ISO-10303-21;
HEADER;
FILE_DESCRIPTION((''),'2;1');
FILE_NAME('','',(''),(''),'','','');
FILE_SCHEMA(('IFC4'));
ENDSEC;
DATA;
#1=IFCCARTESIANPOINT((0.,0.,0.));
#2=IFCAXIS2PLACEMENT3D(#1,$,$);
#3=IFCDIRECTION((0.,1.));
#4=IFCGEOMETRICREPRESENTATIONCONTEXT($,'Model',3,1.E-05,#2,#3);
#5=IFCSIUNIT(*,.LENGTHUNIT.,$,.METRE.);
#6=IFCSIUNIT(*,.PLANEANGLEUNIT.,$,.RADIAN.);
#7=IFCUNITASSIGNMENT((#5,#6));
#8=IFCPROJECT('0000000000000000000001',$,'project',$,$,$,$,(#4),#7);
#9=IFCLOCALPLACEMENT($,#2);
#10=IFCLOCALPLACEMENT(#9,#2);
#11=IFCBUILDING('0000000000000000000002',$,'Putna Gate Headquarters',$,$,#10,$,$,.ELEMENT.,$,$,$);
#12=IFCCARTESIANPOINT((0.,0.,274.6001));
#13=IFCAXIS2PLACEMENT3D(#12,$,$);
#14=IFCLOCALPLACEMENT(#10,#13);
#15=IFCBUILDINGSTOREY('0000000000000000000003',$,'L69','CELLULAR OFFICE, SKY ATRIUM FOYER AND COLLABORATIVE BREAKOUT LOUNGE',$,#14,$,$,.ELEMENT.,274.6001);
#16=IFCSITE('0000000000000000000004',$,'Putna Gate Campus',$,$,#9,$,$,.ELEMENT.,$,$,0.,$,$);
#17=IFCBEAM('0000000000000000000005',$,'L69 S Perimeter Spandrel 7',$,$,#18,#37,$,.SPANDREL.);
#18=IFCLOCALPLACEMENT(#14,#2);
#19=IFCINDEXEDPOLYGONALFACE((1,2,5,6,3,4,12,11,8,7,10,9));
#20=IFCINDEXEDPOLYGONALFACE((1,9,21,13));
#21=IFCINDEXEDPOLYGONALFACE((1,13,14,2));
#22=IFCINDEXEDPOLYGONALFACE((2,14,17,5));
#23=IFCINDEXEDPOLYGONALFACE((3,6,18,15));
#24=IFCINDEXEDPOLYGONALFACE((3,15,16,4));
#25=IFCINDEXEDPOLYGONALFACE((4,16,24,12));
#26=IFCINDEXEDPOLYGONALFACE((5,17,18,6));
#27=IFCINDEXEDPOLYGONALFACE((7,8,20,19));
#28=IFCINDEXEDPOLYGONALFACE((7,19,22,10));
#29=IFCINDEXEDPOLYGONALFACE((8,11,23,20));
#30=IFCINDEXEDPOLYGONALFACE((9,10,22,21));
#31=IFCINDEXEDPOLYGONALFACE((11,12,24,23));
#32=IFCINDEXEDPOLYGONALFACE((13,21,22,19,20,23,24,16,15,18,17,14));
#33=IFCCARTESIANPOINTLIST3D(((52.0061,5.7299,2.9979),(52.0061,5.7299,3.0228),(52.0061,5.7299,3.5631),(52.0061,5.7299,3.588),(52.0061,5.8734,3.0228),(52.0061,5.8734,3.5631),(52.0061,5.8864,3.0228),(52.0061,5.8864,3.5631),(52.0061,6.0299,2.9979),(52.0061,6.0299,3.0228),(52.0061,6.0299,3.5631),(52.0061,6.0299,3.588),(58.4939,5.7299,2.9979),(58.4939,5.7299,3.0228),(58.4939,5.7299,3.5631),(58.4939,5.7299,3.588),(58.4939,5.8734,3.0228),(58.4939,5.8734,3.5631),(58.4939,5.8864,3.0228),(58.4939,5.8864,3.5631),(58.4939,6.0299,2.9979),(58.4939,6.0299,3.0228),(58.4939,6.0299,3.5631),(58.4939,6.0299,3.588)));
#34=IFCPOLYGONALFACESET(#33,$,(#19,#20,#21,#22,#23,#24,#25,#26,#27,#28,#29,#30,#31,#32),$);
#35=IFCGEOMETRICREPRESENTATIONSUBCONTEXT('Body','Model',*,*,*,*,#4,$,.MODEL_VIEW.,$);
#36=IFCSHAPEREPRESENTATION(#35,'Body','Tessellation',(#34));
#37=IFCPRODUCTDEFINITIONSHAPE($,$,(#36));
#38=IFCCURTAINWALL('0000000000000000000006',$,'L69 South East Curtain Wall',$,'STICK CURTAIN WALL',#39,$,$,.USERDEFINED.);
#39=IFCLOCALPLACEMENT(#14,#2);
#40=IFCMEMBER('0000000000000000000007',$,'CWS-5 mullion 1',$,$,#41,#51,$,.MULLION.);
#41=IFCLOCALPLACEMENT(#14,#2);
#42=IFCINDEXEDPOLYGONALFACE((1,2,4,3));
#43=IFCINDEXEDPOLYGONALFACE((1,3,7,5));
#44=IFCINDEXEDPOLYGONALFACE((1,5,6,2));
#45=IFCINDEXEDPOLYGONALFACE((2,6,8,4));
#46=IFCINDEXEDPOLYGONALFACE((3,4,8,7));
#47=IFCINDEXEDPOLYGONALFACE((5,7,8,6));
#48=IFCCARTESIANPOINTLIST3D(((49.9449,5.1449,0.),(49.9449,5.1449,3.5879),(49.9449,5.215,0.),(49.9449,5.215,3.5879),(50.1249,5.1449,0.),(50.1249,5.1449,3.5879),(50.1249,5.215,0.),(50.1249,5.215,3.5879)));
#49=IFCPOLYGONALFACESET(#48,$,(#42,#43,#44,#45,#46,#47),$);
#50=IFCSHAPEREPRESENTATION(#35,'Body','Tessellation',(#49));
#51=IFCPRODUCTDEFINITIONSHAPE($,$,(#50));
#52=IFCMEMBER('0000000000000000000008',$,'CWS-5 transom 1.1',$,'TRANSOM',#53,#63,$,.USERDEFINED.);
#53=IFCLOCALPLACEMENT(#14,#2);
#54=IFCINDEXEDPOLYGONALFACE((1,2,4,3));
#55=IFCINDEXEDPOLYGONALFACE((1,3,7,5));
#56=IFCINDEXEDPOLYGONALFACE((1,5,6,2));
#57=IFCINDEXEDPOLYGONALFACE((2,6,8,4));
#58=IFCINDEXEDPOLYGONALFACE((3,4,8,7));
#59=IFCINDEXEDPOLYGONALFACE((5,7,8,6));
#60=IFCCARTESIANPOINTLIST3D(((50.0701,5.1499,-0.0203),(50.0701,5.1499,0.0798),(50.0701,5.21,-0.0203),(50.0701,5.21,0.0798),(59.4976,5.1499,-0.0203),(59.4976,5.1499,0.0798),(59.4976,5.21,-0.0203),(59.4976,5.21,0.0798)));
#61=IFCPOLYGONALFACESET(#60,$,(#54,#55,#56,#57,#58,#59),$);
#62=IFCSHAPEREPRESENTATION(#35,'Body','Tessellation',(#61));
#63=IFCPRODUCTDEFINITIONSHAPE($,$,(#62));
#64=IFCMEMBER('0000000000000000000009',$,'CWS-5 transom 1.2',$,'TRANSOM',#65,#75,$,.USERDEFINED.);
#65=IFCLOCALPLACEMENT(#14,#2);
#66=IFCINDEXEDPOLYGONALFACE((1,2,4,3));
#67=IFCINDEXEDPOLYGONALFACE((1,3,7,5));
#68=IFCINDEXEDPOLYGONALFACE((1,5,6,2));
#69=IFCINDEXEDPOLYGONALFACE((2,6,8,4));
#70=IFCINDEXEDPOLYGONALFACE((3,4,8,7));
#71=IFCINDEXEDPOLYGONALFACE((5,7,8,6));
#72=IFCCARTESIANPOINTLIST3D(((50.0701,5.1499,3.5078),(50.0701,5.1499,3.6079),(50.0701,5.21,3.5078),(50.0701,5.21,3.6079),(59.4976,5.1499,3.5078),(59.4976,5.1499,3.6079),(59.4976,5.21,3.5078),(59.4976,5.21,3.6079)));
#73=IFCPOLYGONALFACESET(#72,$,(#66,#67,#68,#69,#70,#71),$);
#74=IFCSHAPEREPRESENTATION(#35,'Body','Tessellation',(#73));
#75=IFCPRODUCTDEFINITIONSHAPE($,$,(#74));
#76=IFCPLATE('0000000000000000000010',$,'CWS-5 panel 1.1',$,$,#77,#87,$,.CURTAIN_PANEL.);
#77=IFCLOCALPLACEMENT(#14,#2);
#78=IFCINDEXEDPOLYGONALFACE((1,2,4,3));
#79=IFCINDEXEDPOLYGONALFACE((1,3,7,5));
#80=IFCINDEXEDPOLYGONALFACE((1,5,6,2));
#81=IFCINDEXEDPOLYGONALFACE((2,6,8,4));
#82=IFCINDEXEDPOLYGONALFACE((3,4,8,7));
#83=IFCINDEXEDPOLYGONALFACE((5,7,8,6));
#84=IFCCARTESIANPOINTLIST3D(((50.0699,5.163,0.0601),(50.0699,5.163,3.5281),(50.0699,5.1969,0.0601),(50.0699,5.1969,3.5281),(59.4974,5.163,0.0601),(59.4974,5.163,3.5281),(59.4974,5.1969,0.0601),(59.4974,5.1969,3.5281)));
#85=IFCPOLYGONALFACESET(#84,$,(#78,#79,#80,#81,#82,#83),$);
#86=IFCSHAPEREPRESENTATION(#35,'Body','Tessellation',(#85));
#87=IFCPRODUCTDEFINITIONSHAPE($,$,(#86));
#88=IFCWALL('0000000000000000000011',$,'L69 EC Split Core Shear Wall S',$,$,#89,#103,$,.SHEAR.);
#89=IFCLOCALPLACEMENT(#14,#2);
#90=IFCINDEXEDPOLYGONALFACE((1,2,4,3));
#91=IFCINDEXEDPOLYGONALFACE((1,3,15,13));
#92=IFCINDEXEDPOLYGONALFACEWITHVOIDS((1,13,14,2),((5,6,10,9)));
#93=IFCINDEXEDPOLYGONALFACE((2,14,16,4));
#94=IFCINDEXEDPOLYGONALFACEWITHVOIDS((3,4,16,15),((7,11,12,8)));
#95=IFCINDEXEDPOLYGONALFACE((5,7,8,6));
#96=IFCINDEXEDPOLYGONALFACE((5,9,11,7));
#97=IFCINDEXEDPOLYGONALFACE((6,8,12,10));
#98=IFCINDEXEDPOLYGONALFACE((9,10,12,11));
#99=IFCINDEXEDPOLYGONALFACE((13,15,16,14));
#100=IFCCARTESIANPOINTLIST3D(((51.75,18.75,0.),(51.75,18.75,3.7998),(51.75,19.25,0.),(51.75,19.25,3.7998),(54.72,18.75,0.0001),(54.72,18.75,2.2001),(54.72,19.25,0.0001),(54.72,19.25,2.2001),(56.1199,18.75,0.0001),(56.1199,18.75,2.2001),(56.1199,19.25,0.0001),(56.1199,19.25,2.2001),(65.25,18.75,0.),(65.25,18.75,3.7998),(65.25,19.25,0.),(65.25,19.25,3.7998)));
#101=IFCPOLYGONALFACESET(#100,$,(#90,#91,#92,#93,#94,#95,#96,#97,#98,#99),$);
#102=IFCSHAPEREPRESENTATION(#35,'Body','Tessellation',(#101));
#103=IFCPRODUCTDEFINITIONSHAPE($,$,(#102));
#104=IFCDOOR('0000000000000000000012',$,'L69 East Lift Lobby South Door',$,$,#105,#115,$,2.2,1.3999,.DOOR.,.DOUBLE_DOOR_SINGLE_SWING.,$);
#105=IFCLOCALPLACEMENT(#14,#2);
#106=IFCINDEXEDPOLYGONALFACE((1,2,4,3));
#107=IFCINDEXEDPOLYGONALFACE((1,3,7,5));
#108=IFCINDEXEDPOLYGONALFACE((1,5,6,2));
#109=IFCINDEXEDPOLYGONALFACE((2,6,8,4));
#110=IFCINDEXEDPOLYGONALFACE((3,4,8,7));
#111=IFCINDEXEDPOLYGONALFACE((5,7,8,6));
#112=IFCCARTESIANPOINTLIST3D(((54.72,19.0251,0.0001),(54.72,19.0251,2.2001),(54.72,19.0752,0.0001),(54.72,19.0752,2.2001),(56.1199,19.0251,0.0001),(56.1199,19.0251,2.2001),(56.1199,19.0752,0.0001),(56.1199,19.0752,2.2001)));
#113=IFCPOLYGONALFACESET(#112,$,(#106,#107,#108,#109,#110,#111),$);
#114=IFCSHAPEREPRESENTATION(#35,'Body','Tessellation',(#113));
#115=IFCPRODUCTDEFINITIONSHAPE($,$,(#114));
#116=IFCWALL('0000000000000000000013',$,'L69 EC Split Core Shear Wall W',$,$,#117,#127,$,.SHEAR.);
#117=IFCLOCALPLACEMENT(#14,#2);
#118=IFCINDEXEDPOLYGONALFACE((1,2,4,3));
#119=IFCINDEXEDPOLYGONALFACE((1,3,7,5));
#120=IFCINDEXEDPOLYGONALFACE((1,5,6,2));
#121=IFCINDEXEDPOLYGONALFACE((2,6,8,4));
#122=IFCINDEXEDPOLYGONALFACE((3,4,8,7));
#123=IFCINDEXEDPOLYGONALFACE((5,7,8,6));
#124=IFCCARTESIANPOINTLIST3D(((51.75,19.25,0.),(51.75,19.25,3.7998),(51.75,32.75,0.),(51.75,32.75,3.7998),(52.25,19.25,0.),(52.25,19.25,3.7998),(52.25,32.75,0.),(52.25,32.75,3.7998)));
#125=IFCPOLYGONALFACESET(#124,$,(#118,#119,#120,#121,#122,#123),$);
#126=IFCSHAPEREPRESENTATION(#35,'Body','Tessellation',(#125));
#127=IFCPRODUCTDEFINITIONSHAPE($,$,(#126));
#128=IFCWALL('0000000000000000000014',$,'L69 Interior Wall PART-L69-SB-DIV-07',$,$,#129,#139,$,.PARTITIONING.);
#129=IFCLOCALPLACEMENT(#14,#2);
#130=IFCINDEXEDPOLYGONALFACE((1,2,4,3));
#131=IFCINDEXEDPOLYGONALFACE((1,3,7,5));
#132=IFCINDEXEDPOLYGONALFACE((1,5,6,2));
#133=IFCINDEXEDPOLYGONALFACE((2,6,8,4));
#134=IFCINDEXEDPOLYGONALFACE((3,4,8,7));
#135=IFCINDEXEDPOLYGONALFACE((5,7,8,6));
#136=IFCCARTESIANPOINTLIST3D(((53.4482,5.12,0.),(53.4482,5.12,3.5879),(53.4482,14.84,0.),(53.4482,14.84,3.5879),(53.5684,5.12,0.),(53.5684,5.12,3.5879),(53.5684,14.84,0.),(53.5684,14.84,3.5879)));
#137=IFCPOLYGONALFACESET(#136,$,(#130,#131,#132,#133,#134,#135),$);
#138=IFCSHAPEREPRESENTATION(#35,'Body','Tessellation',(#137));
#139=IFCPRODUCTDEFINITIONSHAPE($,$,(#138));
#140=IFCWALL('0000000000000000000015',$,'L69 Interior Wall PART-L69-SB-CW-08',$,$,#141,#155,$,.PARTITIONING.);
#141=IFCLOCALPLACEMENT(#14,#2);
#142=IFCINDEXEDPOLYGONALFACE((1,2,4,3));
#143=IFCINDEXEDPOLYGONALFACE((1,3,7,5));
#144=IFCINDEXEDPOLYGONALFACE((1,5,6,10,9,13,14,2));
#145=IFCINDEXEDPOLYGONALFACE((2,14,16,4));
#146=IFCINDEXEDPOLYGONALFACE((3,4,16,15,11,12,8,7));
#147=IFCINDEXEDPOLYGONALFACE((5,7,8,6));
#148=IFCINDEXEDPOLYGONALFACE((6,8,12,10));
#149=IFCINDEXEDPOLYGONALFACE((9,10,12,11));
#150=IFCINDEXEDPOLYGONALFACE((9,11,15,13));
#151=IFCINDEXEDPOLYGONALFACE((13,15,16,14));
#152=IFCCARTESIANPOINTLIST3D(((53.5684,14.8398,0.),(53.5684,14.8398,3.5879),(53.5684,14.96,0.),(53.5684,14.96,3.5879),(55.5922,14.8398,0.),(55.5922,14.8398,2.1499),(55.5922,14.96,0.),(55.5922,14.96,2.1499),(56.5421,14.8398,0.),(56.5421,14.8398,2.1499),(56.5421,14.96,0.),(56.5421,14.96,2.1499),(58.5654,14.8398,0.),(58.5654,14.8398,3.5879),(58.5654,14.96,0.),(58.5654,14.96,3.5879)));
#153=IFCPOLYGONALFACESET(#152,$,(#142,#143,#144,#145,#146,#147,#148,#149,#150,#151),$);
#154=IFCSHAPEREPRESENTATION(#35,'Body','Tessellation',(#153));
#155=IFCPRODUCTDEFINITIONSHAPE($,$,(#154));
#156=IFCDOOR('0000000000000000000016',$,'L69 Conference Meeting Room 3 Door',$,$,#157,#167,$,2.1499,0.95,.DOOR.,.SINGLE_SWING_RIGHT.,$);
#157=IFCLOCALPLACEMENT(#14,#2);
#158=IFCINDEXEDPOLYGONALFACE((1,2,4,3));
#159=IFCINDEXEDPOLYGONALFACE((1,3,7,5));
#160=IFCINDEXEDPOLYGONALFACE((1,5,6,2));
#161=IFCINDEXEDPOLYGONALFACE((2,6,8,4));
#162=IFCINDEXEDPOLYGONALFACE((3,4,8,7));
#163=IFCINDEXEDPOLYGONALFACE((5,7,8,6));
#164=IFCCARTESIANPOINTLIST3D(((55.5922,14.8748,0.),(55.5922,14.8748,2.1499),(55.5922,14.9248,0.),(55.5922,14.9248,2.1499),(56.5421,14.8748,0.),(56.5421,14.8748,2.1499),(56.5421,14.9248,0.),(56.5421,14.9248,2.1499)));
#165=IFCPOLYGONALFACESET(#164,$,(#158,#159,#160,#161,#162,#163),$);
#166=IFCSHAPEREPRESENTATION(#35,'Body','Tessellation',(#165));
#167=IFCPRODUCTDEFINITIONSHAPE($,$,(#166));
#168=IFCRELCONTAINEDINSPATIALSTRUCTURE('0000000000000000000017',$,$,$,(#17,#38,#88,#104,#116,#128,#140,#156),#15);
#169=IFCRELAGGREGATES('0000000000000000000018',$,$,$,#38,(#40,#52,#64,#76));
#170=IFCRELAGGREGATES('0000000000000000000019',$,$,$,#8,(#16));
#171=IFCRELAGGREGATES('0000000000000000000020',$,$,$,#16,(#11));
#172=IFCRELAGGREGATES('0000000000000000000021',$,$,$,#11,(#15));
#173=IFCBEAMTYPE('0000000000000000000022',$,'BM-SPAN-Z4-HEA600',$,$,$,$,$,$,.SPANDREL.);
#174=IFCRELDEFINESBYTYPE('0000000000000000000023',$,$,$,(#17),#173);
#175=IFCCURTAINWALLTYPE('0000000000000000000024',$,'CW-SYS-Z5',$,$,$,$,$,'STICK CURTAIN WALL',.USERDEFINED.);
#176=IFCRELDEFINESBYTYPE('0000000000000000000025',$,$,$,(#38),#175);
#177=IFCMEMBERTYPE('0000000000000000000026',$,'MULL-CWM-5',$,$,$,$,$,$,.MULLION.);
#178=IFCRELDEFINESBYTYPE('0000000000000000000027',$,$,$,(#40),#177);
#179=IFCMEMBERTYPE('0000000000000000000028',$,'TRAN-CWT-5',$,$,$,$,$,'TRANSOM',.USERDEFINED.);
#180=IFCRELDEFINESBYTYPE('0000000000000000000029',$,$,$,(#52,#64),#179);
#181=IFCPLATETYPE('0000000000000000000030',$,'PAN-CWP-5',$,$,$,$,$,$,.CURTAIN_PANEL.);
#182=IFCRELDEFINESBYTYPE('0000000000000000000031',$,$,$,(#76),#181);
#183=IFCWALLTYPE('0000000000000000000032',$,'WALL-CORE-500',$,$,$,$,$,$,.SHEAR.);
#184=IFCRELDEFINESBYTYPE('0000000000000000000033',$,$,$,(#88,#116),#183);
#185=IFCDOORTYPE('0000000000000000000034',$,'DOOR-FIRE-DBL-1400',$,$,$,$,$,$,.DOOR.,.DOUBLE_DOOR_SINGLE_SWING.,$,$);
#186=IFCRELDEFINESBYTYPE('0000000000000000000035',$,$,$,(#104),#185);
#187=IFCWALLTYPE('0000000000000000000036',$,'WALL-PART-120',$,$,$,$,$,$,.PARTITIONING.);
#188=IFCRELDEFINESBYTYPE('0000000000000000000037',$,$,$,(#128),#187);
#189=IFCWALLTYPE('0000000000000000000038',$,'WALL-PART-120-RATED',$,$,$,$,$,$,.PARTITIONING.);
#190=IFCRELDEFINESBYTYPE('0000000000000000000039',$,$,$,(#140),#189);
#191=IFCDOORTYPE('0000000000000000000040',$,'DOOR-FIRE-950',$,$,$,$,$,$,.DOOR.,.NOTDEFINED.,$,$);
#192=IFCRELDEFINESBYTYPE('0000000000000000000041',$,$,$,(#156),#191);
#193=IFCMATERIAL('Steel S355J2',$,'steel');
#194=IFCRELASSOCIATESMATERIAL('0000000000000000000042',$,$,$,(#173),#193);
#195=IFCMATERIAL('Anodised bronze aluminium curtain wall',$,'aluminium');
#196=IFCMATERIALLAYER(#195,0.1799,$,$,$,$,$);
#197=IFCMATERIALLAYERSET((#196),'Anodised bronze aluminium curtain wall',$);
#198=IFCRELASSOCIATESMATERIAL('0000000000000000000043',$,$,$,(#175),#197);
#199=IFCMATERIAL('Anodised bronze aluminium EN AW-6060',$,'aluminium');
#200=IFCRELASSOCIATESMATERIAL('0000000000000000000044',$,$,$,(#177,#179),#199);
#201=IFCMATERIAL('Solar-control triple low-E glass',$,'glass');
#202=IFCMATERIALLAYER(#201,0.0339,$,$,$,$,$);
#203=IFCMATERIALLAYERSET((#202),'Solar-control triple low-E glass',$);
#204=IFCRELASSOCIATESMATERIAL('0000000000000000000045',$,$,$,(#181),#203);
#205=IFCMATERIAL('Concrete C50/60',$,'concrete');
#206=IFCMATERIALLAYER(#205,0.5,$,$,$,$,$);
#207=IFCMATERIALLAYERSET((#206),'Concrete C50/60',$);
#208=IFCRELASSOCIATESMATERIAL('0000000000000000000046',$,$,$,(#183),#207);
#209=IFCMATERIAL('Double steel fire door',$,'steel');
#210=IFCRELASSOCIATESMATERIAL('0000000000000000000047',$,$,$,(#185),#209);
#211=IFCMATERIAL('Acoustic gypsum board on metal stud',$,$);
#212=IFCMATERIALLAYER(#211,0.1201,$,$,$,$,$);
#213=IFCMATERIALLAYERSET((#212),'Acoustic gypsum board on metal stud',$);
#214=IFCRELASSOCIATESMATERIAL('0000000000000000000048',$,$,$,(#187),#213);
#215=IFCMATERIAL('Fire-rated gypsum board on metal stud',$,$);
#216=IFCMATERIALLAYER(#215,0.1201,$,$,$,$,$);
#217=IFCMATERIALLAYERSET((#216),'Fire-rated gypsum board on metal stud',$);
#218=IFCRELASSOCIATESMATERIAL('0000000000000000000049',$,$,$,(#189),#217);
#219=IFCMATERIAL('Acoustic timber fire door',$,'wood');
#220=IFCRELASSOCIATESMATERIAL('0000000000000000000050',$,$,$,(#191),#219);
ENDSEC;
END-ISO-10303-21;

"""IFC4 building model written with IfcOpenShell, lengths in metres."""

from ifc_helpers import new_model, si_unit, direction, frame, frame_2d, origin, origin_2d, place, context, subcontext, project, spatial, rectangle, i_section, extrude, material, layer, layer_set, material_profile, profile_set, type_object, element, fill, aggregate, save


model = new_model("IFC4")

# Units and contexts
model_context = context("Model", 3, precision=1e-05, world=origin(), true_north=direction((0.0, 1.0)))
body_context = subcontext(model_context, "Body", "Model", "MODEL_VIEW")
ifc_project = project(units=[si_unit("LENGTHUNIT", "METRE"), si_unit("PLANEANGLEUNIT", "RADIAN")], contexts=[model_context])

# Site, building, storey
site_placement = place(None, origin())
site = spatial("IfcSite", under=ifc_project, at=site_placement, Name="Putna Gate Campus", CompositionType="ELEMENT", RefElevation=0.0)
building_placement = place(site_placement, origin())
building = spatial("IfcBuilding", under=site, at=building_placement, Name="Putna Gate Headquarters", CompositionType="ELEMENT")
storey_placement = place(building_placement, frame((0.0, 0.0, 274.6001)))
storey = spatial("IfcBuildingStorey", under=building, at=storey_placement, Name="L69", Description="CELLULAR OFFICE, SKY ATRIUM FOYER AND COLLABORATIVE BREAKOUT LOUNGE", CompositionType="ELEMENT", Elevation=274.6001)

# Beam
ifc_material_1 = material(Name="Steel S355J2", Category="steel")
ifc_material_profile_1 = material_profile(ifc_material_1, i_section(OverallWidth=0.3, OverallDepth=0.5901, WebThickness=0.0129, FlangeThickness=0.0249, at=origin_2d()), Name="Steel S355J2")
ifc_profile_set_1 = profile_set([ifc_material_profile_1], Name="Steel S355J2")
beam_type_1 = type_object("IfcBeamType", Name="BM-SPAN-Z4-HEA600", PredefinedType="SPANDREL", material=ifc_profile_set_1)
beam_1_placement = place(storey_placement, frame((52.0061, 5.8799, 3.293), z_axis=(1.0, 0.0, 0.0), x_axis=(0.0, 1.0, 0.0)))
element("IfcBeam", 1, at=beam_1_placement, inside=storey, type_object=beam_type_1, Name="L69 S Perimeter Spandrel 7", PredefinedType="SPANDREL", context=body_context, shape_type="SweptSolid", body=[
    extrude(i_section(OverallWidth=0.3, OverallDepth=0.5901, WebThickness=0.0129, FlangeThickness=0.0249, at=origin_2d()), origin(), (0.0, 0.0, 1.0), 6.4878),
])

# Curtain wall, members, plate
ifc_material_2 = material(Name="Anodised bronze aluminium curtain wall", Category="aluminium")
ifc_layer_1 = layer(ifc_material_2, 0.1799)
ifc_layer_set_1 = layer_set([ifc_layer_1], Name="Anodised bronze aluminium curtain wall")
curtain_wall_type = type_object("IfcCurtainWallType", Name="CW-SYS-Z5", ElementType="STICK CURTAIN WALL", PredefinedType="USERDEFINED", material=ifc_layer_set_1)
curtain_wall_placement = place(storey_placement, origin())
curtain_wall = element("IfcCurtainWall", 2, at=curtain_wall_placement, inside=storey, type_object=curtain_wall_type, Name="L69 South East Curtain Wall", ObjectType="STICK CURTAIN WALL", PredefinedType="USERDEFINED")
ifc_material_3 = material(Name="Anodised bronze aluminium EN AW-6060", Category="aluminium")
ifc_material_profile_2 = material_profile(ifc_material_3, rectangle(XDim=0.0701, YDim=0.1799, at=origin_2d()), Name="Anodised bronze aluminium EN AW-6060")
ifc_profile_set_2 = profile_set([ifc_material_profile_2], Name="Anodised bronze aluminium EN AW-6060")
member_type_1 = type_object("IfcMemberType", Name="MULL-CWM-5", PredefinedType="MULLION", material=ifc_profile_set_2)
member_1_placement = place(storey_placement, frame((50.0349, 5.1799, 0.0), z_axis=(0.0, 0.0, 1.0), x_axis=(0.0, 1.0, 0.0)))
member_1 = element("IfcMember", 3, at=member_1_placement, type_object=member_type_1, Name="CWS-5 mullion 1", PredefinedType="MULLION", context=body_context, shape_type="SweptSolid", body=[
    extrude(rectangle(XDim=0.0701, YDim=0.1799, at=origin_2d()), origin(), (0.0, 0.0, 1.0), 3.5879),
])
ifc_material_profile_3 = material_profile(ifc_material_3, rectangle(XDim=0.0601, YDim=0.1001, at=origin_2d()), Name="Anodised bronze aluminium EN AW-6060")
ifc_profile_set_3 = profile_set([ifc_material_profile_3], Name="Anodised bronze aluminium EN AW-6060")
member_type_2 = type_object("IfcMemberType", Name="TRAN-CWT-5", ElementType="TRANSOM", PredefinedType="USERDEFINED", material=ifc_profile_set_3)
member_2_placement = place(storey_placement, frame((50.0701, 5.1799, 0.0298), z_axis=(1.0, 0.0, 0.0), x_axis=(0.0, 1.0, 0.0)))
member_2 = element("IfcMember", 4, at=member_2_placement, type_object=member_type_2, Name="CWS-5 transom 1.1", ObjectType="TRANSOM", PredefinedType="USERDEFINED", context=body_context, shape_type="SweptSolid", body=[
    extrude(rectangle(XDim=0.0601, YDim=0.1001, at=origin_2d()), origin(), (0.0, 0.0, 1.0), 9.4275),
])
member_3_placement = place(storey_placement, frame((50.0701, 5.1799, 3.5579), z_axis=(1.0, 0.0, 0.0), x_axis=(0.0, 1.0, 0.0)))
member_3 = element("IfcMember", 5, at=member_3_placement, type_object=member_type_2, Name="CWS-5 transom 1.2", ObjectType="TRANSOM", PredefinedType="USERDEFINED", context=body_context, shape_type="SweptSolid", body=[
    extrude(rectangle(XDim=0.0601, YDim=0.1001, at=origin_2d()), origin(), (0.0, 0.0, 1.0), 9.4275),
])
ifc_material_4 = material(Name="Solar-control triple low-E glass", Category="glass")
ifc_layer_2 = layer(ifc_material_4, 0.0339)
ifc_layer_set_2 = layer_set([ifc_layer_2], Name="Solar-control triple low-E glass")
plate_type = type_object("IfcPlateType", Name="PAN-CWP-5", PredefinedType="CURTAIN_PANEL", material=ifc_layer_set_2)
plate_placement = place(storey_placement, frame((54.7837, 5.1799, 0.0601), z_axis=(0.0, 0.0, 1.0), x_axis=(1.0, 0.0, 0.0)))
plate = element("IfcPlate", 6, at=plate_placement, type_object=plate_type, Name="CWS-5 panel 1.1", PredefinedType="CURTAIN_PANEL", context=body_context, shape_type="SweptSolid", body=[
    extrude(rectangle(XDim=9.4275, YDim=0.0339, at=origin_2d()), origin(), (0.0, 0.0, 1.0), 3.468),
])
aggregate(curtain_wall, [member_1, member_2, member_3, plate])

# Wall, opening, door
ifc_material_5 = material(Name="Concrete C50/60", Category="concrete")
ifc_layer_3 = layer(ifc_material_5, 0.5)
ifc_layer_set_3 = layer_set([ifc_layer_3], Name="Concrete C50/60")
wall_type_1 = type_object("IfcWallType", Name="WALL-CORE-500", PredefinedType="SHEAR", material=ifc_layer_set_3)
wall_1_placement = place(storey_placement, frame((51.75, 19.0, 0.0), z_axis=(0.0, 0.0, 1.0), x_axis=(1.0, 0.0, 0.0)))
wall_1 = element("IfcWall", 7, at=wall_1_placement, inside=storey, type_object=wall_type_1, Name="L69 EC Split Core Shear Wall S", PredefinedType="SHEAR", context=body_context, shape_type="SweptSolid", body=[
    extrude(rectangle(XDim=13.5, YDim=0.5, at=frame_2d((6.75, 0.0))), origin(), (0.0, 0.0, 1.0), 3.7998),
])
opening_1_placement = place(wall_1_placement, frame((2.97, 0.0, 0.0)))
opening_1 = element("IfcOpeningElement", 8, at=opening_1_placement, cuts=wall_1, PredefinedType="OPENING", context=body_context, shape_type="SweptSolid", body=[
    extrude(rectangle(XDim=1.3999, YDim=2.2, at=frame_2d((0.7, 1.1001))), frame((0.0, 0.26, 0.0), z_axis=(0.0, -1.0, 0.0), x_axis=(1.0, 0.0, 0.0)), (0.0, 0.0, 1.0), 0.52),
])
ifc_material_6 = material(Name="Double steel fire door", Category="steel")
door_type_1 = type_object("IfcDoorType", Name="DOOR-FIRE-DBL-1400", OperationType="DOUBLE_DOOR_SINGLE_SWING", PredefinedType="DOOR", material=ifc_material_6)
door_1_placement = place(opening_1_placement, origin())
door_1 = element("IfcDoor", 9, at=door_1_placement, inside=storey, type_object=door_type_1, Name="L69 East Lift Lobby South Door", OperationType="DOUBLE_DOOR_SINGLE_SWING", OverallHeight=2.2, OverallWidth=1.3999, PredefinedType="DOOR", context=body_context, shape_type="SweptSolid", body=[
    extrude(rectangle(XDim=1.3999, YDim=2.2, at=frame_2d((0.7, 1.1001))), frame((0.0, 0.0752, 0.0), z_axis=(0.0, -1.0, 0.0), x_axis=(1.0, 0.0, 0.0)), (0.0, 0.0, 1.0), 0.05),
])
fill(opening_1, door_1)

# Walls
wall_2_placement = place(storey_placement, frame((52.0, 19.25, 0.0), z_axis=(0.0, 0.0, 1.0), x_axis=(0.0, 1.0, 0.0)))
element("IfcWall", 10, at=wall_2_placement, inside=storey, type_object=wall_type_1, Name="L69 EC Split Core Shear Wall W", PredefinedType="SHEAR", context=body_context, shape_type="SweptSolid", body=[
    extrude(rectangle(XDim=13.5, YDim=0.5, at=frame_2d((6.75, 0.0))), origin(), (0.0, 0.0, 1.0), 3.7998),
])
ifc_material_7 = material(Name="Acoustic gypsum board on metal stud")
ifc_layer_4 = layer(ifc_material_7, 0.1201)
ifc_layer_set_4 = layer_set([ifc_layer_4], Name="Acoustic gypsum board on metal stud")
wall_type_2 = type_object("IfcWallType", Name="WALL-PART-120", PredefinedType="PARTITIONING", material=ifc_layer_set_4)
wall_3_placement = place(storey_placement, frame((53.5083, 5.1201, 0.0), z_axis=(0.0, 0.0, 1.0), x_axis=(0.0, 1.0, 0.0)))
element("IfcWall", 11, at=wall_3_placement, inside=storey, type_object=wall_type_2, Name="L69 Interior Wall PART-L69-SB-DIV-07", PredefinedType="PARTITIONING", context=body_context, shape_type="SweptSolid", body=[
    extrude(rectangle(XDim=9.72, YDim=0.1201, at=frame_2d((4.8599, 0.0))), origin(), (0.0, 0.0, 1.0), 3.5879),
])

# Wall, opening, door
ifc_material_8 = material(Name="Fire-rated gypsum board on metal stud")
ifc_layer_5 = layer(ifc_material_8, 0.1201)
ifc_layer_set_5 = layer_set([ifc_layer_5], Name="Fire-rated gypsum board on metal stud")
wall_type_3 = type_object("IfcWallType", Name="WALL-PART-120-RATED", PredefinedType="PARTITIONING", material=ifc_layer_set_5)
wall_4_placement = place(storey_placement, frame((53.5684, 14.8999, 0.0), z_axis=(0.0, 0.0, 1.0), x_axis=(1.0, 0.0, 0.0)))
wall_4 = element("IfcWall", 12, at=wall_4_placement, inside=storey, type_object=wall_type_3, Name="L69 Interior Wall PART-L69-SB-CW-08", PredefinedType="PARTITIONING", context=body_context, shape_type="SweptSolid", body=[
    extrude(rectangle(XDim=4.9971, YDim=0.1201, at=frame_2d((2.4985, 0.0))), origin(), (0.0, 0.0, 1.0), 3.5879),
])
opening_2_placement = place(wall_4_placement, frame((2.0237, 0.0, 0.0)))
opening_2 = element("IfcOpeningElement", 13, at=opening_2_placement, cuts=wall_4, PredefinedType="OPENING", context=body_context, shape_type="SweptSolid", body=[
    extrude(rectangle(XDim=0.95, YDim=2.1499, at=frame_2d((0.4751, 1.075))), frame((0.0, 0.0701, 0.0), z_axis=(0.0, -1.0, 0.0), x_axis=(1.0, 0.0, 0.0)), (0.0, 0.0, 1.0), 0.1401),
])
ifc_material_9 = material(Name="Acoustic timber fire door", Category="wood")
door_type_2 = type_object("IfcDoorType", Name="DOOR-FIRE-950", OperationType="NOTDEFINED", PredefinedType="DOOR", material=ifc_material_9)
door_2_placement = place(opening_2_placement, origin())
door_2 = element("IfcDoor", 14, at=door_2_placement, inside=storey, type_object=door_type_2, Name="L69 Conference Meeting Room 3 Door", OperationType="SINGLE_SWING_RIGHT", OverallHeight=2.1499, OverallWidth=0.95, PredefinedType="DOOR", context=body_context, shape_type="SweptSolid", body=[
    extrude(rectangle(XDim=0.95, YDim=2.1499, at=frame_2d((0.4751, 1.075))), frame((0.0, 0.0249, 0.0), z_axis=(0.0, -1.0, 0.0), x_axis=(1.0, 0.0, 0.0)), (0.0, 0.0, 1.0), 0.05),
])
fill(opening_2, door_2)

save(model, "model.ifc")
